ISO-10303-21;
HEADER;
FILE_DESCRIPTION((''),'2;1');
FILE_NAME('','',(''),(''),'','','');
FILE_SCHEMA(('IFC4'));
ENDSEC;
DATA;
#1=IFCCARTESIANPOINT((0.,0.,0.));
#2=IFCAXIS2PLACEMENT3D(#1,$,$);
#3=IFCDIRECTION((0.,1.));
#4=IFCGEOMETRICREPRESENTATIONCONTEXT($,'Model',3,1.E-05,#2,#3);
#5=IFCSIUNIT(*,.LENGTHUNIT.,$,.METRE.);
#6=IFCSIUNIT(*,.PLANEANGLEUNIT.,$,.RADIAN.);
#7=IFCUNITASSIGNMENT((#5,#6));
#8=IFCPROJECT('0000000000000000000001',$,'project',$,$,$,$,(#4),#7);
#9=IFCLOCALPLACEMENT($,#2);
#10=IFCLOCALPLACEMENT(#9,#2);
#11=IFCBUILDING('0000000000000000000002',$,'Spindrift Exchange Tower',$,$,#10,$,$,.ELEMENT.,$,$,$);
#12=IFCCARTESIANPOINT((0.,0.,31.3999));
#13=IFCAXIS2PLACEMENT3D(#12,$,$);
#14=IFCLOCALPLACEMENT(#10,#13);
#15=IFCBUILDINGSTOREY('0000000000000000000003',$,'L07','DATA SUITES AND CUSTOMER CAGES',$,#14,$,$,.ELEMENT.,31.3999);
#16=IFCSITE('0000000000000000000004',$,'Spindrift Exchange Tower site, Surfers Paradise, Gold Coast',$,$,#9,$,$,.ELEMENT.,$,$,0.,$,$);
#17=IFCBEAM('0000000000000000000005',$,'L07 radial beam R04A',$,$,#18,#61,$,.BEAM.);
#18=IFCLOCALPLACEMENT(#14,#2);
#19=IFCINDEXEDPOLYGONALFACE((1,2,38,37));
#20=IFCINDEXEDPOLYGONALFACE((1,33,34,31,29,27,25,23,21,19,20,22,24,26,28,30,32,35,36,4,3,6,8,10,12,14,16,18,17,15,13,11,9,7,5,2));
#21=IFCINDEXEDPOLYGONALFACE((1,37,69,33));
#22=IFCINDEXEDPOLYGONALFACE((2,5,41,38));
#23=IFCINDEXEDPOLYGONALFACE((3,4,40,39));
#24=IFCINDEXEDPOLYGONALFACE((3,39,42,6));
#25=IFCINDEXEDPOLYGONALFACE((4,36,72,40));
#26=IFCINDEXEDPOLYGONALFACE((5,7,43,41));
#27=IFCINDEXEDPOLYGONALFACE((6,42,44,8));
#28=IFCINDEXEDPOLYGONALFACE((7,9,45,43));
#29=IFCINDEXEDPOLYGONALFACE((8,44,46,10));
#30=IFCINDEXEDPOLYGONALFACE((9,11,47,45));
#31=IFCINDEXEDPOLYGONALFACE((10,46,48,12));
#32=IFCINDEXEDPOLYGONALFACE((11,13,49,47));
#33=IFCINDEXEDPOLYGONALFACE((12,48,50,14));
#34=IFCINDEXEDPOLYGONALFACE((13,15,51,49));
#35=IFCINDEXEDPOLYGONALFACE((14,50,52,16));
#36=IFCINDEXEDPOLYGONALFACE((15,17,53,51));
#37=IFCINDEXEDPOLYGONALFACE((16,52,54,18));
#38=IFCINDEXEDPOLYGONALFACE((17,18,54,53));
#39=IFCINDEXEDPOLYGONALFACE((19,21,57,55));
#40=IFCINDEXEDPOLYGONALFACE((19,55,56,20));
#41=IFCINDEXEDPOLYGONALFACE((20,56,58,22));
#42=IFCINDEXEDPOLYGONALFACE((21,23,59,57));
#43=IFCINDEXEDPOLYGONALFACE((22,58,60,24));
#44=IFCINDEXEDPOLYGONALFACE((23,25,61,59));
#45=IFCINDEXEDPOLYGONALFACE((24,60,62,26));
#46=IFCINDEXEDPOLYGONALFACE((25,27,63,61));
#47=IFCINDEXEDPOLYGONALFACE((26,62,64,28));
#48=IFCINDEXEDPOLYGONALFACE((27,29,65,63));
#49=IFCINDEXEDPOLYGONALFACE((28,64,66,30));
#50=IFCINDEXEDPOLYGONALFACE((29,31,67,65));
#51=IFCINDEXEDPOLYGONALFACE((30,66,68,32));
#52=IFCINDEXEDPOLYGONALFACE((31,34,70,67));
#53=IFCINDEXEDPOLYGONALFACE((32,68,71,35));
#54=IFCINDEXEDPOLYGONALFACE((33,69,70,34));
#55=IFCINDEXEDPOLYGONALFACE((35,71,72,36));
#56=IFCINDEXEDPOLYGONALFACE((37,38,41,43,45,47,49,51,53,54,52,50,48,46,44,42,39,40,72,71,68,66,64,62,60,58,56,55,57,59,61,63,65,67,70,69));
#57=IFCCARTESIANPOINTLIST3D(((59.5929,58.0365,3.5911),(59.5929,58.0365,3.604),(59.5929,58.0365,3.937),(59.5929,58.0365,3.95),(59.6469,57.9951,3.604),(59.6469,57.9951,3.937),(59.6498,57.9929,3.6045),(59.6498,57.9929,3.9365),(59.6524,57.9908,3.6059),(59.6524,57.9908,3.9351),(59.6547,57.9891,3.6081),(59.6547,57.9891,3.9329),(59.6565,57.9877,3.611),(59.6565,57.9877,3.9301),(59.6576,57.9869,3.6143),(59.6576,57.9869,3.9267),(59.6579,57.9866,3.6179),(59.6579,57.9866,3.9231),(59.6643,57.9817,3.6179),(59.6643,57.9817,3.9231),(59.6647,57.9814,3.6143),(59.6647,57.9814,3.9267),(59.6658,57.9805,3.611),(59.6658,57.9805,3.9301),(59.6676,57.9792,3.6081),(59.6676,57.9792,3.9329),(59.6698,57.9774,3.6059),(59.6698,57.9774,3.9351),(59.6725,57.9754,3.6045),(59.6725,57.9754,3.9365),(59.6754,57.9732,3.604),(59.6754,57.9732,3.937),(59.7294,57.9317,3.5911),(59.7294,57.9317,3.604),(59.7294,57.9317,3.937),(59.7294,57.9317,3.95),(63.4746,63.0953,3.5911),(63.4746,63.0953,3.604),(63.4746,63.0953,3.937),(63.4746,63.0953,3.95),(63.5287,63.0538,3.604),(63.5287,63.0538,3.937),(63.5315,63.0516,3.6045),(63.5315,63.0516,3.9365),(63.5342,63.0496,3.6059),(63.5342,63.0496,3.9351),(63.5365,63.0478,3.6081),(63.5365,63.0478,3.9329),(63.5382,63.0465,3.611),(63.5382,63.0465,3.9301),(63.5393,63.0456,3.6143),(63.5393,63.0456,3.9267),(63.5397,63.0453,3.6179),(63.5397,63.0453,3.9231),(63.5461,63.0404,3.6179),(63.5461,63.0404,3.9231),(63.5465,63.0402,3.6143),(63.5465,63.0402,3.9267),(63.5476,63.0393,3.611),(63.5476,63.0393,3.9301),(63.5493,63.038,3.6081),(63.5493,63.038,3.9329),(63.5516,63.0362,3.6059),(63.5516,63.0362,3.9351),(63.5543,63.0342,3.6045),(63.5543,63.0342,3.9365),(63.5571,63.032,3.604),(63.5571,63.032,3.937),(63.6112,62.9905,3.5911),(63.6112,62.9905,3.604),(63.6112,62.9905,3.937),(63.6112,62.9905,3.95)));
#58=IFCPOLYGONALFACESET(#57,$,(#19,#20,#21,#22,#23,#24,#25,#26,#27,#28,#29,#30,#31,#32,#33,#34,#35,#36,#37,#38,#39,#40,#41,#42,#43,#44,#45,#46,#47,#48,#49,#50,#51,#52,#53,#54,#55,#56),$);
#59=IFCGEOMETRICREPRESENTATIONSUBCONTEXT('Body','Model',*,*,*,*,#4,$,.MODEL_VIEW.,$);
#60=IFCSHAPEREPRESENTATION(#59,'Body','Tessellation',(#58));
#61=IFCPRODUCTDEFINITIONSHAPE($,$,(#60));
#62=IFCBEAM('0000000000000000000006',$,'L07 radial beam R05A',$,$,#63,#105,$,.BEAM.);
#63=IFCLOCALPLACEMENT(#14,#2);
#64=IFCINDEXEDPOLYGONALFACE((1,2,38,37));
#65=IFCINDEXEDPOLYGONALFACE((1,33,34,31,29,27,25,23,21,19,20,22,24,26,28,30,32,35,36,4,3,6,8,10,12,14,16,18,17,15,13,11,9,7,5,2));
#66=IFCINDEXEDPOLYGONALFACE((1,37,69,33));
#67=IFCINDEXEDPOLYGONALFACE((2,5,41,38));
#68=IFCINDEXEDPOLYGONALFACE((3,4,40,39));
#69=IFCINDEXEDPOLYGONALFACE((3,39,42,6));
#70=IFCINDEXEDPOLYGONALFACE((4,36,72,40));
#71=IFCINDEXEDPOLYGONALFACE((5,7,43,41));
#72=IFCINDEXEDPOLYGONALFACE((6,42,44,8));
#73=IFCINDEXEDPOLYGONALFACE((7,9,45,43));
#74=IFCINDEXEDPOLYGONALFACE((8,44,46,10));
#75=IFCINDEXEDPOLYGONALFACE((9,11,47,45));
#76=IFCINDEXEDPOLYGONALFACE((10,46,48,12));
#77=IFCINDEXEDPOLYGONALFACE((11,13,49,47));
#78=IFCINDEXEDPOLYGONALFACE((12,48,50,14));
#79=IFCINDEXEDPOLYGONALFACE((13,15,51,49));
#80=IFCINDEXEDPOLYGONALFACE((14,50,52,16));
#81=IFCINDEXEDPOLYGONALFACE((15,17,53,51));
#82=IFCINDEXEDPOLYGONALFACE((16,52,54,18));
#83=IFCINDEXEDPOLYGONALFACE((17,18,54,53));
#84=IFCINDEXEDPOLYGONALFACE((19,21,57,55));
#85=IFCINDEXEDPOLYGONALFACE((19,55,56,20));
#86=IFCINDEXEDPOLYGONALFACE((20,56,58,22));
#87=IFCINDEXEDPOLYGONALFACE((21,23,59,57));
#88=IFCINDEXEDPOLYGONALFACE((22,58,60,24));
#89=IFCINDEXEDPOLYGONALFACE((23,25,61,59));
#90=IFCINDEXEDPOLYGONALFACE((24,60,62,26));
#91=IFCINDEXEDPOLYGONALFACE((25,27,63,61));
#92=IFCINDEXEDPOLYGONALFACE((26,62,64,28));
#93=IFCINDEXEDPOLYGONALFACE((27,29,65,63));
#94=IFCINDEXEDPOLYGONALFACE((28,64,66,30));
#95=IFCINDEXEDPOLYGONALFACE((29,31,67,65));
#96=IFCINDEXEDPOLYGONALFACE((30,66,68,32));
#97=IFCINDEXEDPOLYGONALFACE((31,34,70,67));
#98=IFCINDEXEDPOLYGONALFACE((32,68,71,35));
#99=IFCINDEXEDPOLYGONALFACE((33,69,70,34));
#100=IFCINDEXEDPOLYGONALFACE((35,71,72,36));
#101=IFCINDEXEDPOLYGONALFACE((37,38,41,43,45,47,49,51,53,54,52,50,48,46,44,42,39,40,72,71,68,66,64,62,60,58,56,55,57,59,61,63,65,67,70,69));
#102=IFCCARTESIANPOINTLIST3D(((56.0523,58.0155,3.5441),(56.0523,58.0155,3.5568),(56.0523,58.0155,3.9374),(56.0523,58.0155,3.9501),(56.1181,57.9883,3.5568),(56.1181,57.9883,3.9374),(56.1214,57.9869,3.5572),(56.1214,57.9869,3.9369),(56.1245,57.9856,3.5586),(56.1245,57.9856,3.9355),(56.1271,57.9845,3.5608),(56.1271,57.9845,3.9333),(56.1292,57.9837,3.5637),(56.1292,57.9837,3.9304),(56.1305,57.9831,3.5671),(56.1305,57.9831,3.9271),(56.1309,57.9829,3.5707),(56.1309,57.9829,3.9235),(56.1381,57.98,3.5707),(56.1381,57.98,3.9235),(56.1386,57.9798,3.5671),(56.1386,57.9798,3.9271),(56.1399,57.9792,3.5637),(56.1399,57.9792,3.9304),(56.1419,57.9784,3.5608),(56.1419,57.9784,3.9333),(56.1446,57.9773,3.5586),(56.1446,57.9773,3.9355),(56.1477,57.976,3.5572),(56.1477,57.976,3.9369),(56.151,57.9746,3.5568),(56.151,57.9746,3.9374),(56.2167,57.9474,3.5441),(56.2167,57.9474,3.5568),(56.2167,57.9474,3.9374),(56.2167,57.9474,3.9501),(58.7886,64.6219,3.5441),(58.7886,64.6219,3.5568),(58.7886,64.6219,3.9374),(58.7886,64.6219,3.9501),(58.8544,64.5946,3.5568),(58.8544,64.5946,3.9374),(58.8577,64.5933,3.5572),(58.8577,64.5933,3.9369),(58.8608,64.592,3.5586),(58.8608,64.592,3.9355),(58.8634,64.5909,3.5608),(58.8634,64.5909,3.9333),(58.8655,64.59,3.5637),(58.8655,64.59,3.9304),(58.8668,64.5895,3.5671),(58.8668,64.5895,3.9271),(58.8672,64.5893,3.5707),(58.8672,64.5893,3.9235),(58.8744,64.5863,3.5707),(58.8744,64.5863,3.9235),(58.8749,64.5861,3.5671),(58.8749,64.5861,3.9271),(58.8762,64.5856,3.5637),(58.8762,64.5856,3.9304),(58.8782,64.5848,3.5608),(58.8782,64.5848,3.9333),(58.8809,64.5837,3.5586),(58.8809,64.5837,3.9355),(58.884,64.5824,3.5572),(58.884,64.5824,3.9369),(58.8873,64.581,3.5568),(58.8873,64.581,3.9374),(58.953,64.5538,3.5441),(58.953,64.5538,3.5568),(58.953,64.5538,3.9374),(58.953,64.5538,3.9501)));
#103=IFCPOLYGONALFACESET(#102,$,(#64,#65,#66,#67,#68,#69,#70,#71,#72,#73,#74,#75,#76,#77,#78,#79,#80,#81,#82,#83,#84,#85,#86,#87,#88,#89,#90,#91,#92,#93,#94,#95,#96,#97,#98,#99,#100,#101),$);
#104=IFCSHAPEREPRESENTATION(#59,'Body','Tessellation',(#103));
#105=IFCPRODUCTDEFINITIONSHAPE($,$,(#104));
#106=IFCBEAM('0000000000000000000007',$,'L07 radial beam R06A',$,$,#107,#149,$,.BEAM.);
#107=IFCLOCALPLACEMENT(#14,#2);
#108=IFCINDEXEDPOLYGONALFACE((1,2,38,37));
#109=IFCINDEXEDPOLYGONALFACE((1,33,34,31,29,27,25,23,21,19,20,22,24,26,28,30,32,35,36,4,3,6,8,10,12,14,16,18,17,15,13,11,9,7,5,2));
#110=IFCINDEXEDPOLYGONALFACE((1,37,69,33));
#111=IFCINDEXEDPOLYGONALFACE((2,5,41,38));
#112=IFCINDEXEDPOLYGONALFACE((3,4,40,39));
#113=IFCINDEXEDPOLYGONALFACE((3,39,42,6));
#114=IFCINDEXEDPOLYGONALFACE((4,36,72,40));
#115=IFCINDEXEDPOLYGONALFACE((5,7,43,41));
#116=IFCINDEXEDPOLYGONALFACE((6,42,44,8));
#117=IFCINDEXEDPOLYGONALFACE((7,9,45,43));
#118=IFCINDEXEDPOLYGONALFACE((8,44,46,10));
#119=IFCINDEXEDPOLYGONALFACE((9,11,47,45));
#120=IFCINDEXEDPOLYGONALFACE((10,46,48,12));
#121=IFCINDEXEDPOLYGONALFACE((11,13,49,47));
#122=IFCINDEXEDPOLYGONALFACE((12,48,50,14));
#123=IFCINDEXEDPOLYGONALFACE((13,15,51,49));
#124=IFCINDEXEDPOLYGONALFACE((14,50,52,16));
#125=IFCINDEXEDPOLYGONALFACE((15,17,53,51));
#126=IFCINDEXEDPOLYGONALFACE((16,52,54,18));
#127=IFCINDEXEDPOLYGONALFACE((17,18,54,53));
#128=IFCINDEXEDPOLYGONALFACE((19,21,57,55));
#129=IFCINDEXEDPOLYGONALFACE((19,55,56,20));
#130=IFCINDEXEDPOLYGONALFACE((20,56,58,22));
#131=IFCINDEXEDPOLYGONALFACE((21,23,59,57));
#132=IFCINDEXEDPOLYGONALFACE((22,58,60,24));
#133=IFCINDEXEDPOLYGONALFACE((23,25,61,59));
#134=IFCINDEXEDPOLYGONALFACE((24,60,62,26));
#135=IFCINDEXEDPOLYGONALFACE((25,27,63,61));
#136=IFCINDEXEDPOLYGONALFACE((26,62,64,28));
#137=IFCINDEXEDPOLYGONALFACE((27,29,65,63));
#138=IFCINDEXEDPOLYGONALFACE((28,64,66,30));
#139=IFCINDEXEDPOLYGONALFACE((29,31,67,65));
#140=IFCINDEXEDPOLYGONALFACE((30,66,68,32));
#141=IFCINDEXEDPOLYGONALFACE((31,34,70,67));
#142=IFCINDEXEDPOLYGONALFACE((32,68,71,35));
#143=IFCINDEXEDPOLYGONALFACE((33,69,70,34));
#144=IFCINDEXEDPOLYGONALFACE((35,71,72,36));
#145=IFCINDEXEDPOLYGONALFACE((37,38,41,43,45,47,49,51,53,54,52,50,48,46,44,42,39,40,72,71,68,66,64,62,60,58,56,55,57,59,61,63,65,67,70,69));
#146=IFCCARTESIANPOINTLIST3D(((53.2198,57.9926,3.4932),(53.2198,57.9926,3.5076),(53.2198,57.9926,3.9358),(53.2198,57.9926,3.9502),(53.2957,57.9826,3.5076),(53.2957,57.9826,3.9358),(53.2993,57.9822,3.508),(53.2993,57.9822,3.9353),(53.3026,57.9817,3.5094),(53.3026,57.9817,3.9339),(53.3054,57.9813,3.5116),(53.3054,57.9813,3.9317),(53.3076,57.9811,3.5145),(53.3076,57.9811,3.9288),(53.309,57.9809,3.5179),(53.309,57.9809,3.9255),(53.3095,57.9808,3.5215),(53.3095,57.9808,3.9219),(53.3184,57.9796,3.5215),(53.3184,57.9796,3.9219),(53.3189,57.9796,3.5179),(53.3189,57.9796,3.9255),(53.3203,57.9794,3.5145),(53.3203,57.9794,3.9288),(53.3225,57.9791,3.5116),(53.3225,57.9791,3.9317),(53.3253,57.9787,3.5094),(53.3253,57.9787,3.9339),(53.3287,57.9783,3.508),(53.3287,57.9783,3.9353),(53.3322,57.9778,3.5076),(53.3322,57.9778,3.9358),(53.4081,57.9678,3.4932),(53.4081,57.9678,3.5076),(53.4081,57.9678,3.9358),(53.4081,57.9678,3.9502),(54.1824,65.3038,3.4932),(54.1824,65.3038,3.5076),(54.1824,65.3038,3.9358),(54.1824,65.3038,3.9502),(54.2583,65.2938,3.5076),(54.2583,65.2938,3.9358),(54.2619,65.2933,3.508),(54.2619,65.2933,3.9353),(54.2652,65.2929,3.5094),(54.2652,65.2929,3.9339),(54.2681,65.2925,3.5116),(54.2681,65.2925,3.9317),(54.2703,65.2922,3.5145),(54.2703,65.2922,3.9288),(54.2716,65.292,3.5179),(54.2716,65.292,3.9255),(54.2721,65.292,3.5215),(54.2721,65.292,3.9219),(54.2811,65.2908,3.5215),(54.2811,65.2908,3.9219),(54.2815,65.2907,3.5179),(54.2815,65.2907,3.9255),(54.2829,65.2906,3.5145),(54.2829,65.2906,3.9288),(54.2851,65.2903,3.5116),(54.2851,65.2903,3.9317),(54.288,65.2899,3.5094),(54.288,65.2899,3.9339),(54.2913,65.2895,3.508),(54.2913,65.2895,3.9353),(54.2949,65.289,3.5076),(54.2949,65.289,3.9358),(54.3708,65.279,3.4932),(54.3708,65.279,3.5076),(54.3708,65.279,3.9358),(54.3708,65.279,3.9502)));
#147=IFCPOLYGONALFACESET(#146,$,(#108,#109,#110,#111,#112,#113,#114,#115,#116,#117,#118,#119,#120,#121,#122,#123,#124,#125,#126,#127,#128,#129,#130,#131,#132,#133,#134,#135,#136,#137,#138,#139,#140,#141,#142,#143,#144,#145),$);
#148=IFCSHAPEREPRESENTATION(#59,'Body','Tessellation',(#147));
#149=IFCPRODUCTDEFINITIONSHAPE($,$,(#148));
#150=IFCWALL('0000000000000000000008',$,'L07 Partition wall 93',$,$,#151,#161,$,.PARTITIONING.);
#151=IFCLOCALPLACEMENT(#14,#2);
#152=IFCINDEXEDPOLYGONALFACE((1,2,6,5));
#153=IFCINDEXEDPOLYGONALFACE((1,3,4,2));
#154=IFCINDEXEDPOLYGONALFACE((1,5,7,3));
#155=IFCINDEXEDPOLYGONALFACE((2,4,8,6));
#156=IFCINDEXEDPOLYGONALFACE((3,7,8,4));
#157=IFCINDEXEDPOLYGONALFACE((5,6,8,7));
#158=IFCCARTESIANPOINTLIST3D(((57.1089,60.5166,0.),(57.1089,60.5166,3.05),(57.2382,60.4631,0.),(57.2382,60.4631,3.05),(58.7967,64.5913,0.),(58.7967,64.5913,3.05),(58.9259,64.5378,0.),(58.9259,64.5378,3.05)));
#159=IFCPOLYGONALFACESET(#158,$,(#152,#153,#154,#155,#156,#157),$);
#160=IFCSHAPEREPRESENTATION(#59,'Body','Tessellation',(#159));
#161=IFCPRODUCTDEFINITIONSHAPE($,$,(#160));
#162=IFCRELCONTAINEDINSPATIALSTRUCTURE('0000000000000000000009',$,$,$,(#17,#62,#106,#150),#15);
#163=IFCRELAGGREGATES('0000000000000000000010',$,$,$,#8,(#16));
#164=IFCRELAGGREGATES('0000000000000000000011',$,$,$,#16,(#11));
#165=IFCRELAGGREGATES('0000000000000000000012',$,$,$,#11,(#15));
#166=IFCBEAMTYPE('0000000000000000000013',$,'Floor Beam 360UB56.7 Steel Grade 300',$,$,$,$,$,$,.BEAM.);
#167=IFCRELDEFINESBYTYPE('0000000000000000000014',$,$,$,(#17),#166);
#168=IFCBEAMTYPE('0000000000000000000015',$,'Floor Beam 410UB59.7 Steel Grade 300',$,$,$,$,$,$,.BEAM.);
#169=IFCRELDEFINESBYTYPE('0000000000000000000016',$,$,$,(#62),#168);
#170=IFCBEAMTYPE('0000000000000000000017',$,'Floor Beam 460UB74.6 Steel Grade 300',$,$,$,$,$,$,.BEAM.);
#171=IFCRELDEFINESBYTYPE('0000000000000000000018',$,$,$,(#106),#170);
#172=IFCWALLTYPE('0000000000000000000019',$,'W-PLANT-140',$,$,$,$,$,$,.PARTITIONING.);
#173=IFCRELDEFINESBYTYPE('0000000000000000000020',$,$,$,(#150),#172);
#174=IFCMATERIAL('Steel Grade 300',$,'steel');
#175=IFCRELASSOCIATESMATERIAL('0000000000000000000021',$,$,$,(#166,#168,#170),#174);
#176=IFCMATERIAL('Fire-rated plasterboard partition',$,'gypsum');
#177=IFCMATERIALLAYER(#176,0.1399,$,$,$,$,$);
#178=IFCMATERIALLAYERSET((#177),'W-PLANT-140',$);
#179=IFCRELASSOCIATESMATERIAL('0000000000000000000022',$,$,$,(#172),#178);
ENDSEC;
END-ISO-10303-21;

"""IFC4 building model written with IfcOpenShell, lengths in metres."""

from ifc_helpers import new_model, si_unit, direction, frame, frame_2d, origin, origin_2d, place, context, subcontext, project, spatial, rectangle, i_section, extrude, source, transform, mapped, material, layer, layer_set, material_profile, profile_set, type_object, element, save


model = new_model("IFC4")

# Units and contexts
model_context = context("Model", 3, precision=1e-05, world=origin(), true_north=direction((0.0, 1.0)))
body_context = subcontext(model_context, "Body", "Model", "MODEL_VIEW")
ifc_project = project(units=[si_unit("LENGTHUNIT", "METRE"), si_unit("PLANEANGLEUNIT", "RADIAN")], contexts=[model_context])

# Site, building, storey
site_placement = place(None, origin())
site = spatial("IfcSite", under=ifc_project, at=site_placement, Name="Spindrift Exchange Tower site, Surfers Paradise, Gold Coast", CompositionType="ELEMENT", RefElevation=0.0)
building_placement = place(site_placement, origin())
building = spatial("IfcBuilding", under=site, at=building_placement, Name="Spindrift Exchange Tower", CompositionType="ELEMENT")
storey_placement = place(building_placement, frame((0.0, 0.0, 31.3999)))
storey = spatial("IfcBuildingStorey", under=building, at=storey_placement, Name="L07", Description="DATA SUITES AND CUSTOMER CAGES", CompositionType="ELEMENT", Elevation=31.3999)

# Beams
ifc_material_1 = material(Name="Steel Grade 300", Category="steel")
ifc_material_profile_1 = material_profile(ifc_material_1, i_section(OverallWidth=0.1721, OverallDepth=0.3589, WebThickness=0.0081, FlangeThickness=0.0129, FilletRadius=0.0139, at=origin_2d()), Name="360UB56.7")
ifc_profile_set_1 = profile_set([ifc_material_profile_1], Name="Steel Grade 300")
beam_type_1 = type_object("IfcBeamType", Name="Floor Beam 360UB56.7 Steel Grade 300", PredefinedType="BEAM", material=ifc_profile_set_1)
shared_shape_1 = source(origin(), body_context, "Body", "SweptSolid", [
    extrude(i_section(OverallWidth=0.1721, OverallDepth=0.3589, WebThickness=0.0081, FlangeThickness=0.0129, FilletRadius=0.0139, at=origin_2d()), origin(), (0.0, 0.0, 1.0), 6.3765),
])
beam_1_placement = place(storey_placement, frame((59.6611, 57.9841, 3.7705), z_axis=(0.608767, 0.793349, 0.0), x_axis=(-0.793349, 0.608767, 0.0)))
element("IfcBeam", 1, at=beam_1_placement, inside=storey, type_object=beam_type_1, Name="L07 radial beam R04A", PredefinedType="BEAM", context=body_context, shape_type="MappedRepresentation", body=[
    mapped(shared_shape_1, transform((0.0, 0.0, 0.0), scale=1.0)),
])
ifc_material_profile_2 = material_profile(ifc_material_1, i_section(OverallWidth=0.178, OverallDepth=0.406, WebThickness=0.0078, FlangeThickness=0.0127, FilletRadius=0.0139, at=origin_2d()), Name="410UB59.7")
ifc_profile_set_2 = profile_set([ifc_material_profile_2], Name="Steel Grade 300")
beam_type_2 = type_object("IfcBeamType", Name="Floor Beam 410UB59.7 Steel Grade 300", PredefinedType="BEAM", material=ifc_profile_set_2)
shared_shape_2 = source(origin(), body_context, "Body", "SweptSolid", [
    extrude(i_section(OverallWidth=0.178, OverallDepth=0.406, WebThickness=0.0078, FlangeThickness=0.0127, FilletRadius=0.0139, at=origin_2d()), origin(), (0.0, 0.0, 1.0), 7.1506),
])
beam_2_placement = place(storey_placement, frame((56.1345, 57.9814, 3.7471), z_axis=(0.382665, 0.923887, 0.0), x_axis=(-0.923887, 0.382665, 0.0)))
element("IfcBeam", 2, at=beam_2_placement, inside=storey, type_object=beam_type_2, Name="L07 radial beam R05A", PredefinedType="BEAM", context=body_context, shape_type="MappedRepresentation", body=[
    mapped(shared_shape_2, transform((0.0, 0.0, 0.0), scale=1.0)),
])
ifc_material_profile_3 = material_profile(ifc_material_1, i_section(OverallWidth=0.1899, OverallDepth=0.457, WebThickness=0.009, FlangeThickness=0.0144, FilletRadius=0.0139, at=origin_2d()), Name="460UB74.6")
ifc_profile_set_3 = profile_set([ifc_material_profile_3], Name="Steel Grade 300")
beam_type_3 = type_object("IfcBeamType", Name="Floor Beam 460UB74.6 Steel Grade 300", PredefinedType="BEAM", material=ifc_profile_set_3)
shared_shape_3 = source(origin(), body_context, "Body", "SweptSolid", [
    extrude(i_section(OverallWidth=0.1899, OverallDepth=0.457, WebThickness=0.009, FlangeThickness=0.0144, FilletRadius=0.0139, at=origin_2d()), origin(), (0.0, 0.0, 1.0), 7.3743),
])
beam_3_placement = place(storey_placement, frame((53.314, 57.9802, 3.7217), z_axis=(0.130539, 0.991443, 0.0), x_axis=(-0.991443, 0.130539, 0.0)))
element("IfcBeam", 3, at=beam_3_placement, inside=storey, type_object=beam_type_3, Name="L07 radial beam R06A", PredefinedType="BEAM", context=body_context, shape_type="MappedRepresentation", body=[
    mapped(shared_shape_3, transform((0.0, 0.0, 0.0), scale=1.0)),
])

# Wall
ifc_material_2 = material(Name="Fire-rated plasterboard partition", Category="gypsum")
ifc_layer_1 = layer(ifc_material_2, 0.1399)
ifc_layer_set_1 = layer_set([ifc_layer_1], Name="W-PLANT-140")
wall_type_1 = type_object("IfcWallType", Name="W-PLANT-140", PredefinedType="PARTITIONING", material=ifc_layer_set_1)
wall_1_placement = place(storey_placement, frame((57.1736, 60.49, 0.0), z_axis=(0.0, 0.0, 1.0), x_axis=(0.382673, 0.923884, 0.0)))
element("IfcWall", 4, at=wall_1_placement, inside=storey, type_object=wall_type_1, Name="L07 Partition wall 93", PredefinedType="PARTITIONING", context=body_context, shape_type="SweptSolid", body=[
    extrude(rectangle(XDim=4.4104, YDim=0.1399, at=frame_2d((2.2051, 0.0))), origin(), (0.0, 0.0, 1.0), 3.05),
])

save(model, "model.ifc")
